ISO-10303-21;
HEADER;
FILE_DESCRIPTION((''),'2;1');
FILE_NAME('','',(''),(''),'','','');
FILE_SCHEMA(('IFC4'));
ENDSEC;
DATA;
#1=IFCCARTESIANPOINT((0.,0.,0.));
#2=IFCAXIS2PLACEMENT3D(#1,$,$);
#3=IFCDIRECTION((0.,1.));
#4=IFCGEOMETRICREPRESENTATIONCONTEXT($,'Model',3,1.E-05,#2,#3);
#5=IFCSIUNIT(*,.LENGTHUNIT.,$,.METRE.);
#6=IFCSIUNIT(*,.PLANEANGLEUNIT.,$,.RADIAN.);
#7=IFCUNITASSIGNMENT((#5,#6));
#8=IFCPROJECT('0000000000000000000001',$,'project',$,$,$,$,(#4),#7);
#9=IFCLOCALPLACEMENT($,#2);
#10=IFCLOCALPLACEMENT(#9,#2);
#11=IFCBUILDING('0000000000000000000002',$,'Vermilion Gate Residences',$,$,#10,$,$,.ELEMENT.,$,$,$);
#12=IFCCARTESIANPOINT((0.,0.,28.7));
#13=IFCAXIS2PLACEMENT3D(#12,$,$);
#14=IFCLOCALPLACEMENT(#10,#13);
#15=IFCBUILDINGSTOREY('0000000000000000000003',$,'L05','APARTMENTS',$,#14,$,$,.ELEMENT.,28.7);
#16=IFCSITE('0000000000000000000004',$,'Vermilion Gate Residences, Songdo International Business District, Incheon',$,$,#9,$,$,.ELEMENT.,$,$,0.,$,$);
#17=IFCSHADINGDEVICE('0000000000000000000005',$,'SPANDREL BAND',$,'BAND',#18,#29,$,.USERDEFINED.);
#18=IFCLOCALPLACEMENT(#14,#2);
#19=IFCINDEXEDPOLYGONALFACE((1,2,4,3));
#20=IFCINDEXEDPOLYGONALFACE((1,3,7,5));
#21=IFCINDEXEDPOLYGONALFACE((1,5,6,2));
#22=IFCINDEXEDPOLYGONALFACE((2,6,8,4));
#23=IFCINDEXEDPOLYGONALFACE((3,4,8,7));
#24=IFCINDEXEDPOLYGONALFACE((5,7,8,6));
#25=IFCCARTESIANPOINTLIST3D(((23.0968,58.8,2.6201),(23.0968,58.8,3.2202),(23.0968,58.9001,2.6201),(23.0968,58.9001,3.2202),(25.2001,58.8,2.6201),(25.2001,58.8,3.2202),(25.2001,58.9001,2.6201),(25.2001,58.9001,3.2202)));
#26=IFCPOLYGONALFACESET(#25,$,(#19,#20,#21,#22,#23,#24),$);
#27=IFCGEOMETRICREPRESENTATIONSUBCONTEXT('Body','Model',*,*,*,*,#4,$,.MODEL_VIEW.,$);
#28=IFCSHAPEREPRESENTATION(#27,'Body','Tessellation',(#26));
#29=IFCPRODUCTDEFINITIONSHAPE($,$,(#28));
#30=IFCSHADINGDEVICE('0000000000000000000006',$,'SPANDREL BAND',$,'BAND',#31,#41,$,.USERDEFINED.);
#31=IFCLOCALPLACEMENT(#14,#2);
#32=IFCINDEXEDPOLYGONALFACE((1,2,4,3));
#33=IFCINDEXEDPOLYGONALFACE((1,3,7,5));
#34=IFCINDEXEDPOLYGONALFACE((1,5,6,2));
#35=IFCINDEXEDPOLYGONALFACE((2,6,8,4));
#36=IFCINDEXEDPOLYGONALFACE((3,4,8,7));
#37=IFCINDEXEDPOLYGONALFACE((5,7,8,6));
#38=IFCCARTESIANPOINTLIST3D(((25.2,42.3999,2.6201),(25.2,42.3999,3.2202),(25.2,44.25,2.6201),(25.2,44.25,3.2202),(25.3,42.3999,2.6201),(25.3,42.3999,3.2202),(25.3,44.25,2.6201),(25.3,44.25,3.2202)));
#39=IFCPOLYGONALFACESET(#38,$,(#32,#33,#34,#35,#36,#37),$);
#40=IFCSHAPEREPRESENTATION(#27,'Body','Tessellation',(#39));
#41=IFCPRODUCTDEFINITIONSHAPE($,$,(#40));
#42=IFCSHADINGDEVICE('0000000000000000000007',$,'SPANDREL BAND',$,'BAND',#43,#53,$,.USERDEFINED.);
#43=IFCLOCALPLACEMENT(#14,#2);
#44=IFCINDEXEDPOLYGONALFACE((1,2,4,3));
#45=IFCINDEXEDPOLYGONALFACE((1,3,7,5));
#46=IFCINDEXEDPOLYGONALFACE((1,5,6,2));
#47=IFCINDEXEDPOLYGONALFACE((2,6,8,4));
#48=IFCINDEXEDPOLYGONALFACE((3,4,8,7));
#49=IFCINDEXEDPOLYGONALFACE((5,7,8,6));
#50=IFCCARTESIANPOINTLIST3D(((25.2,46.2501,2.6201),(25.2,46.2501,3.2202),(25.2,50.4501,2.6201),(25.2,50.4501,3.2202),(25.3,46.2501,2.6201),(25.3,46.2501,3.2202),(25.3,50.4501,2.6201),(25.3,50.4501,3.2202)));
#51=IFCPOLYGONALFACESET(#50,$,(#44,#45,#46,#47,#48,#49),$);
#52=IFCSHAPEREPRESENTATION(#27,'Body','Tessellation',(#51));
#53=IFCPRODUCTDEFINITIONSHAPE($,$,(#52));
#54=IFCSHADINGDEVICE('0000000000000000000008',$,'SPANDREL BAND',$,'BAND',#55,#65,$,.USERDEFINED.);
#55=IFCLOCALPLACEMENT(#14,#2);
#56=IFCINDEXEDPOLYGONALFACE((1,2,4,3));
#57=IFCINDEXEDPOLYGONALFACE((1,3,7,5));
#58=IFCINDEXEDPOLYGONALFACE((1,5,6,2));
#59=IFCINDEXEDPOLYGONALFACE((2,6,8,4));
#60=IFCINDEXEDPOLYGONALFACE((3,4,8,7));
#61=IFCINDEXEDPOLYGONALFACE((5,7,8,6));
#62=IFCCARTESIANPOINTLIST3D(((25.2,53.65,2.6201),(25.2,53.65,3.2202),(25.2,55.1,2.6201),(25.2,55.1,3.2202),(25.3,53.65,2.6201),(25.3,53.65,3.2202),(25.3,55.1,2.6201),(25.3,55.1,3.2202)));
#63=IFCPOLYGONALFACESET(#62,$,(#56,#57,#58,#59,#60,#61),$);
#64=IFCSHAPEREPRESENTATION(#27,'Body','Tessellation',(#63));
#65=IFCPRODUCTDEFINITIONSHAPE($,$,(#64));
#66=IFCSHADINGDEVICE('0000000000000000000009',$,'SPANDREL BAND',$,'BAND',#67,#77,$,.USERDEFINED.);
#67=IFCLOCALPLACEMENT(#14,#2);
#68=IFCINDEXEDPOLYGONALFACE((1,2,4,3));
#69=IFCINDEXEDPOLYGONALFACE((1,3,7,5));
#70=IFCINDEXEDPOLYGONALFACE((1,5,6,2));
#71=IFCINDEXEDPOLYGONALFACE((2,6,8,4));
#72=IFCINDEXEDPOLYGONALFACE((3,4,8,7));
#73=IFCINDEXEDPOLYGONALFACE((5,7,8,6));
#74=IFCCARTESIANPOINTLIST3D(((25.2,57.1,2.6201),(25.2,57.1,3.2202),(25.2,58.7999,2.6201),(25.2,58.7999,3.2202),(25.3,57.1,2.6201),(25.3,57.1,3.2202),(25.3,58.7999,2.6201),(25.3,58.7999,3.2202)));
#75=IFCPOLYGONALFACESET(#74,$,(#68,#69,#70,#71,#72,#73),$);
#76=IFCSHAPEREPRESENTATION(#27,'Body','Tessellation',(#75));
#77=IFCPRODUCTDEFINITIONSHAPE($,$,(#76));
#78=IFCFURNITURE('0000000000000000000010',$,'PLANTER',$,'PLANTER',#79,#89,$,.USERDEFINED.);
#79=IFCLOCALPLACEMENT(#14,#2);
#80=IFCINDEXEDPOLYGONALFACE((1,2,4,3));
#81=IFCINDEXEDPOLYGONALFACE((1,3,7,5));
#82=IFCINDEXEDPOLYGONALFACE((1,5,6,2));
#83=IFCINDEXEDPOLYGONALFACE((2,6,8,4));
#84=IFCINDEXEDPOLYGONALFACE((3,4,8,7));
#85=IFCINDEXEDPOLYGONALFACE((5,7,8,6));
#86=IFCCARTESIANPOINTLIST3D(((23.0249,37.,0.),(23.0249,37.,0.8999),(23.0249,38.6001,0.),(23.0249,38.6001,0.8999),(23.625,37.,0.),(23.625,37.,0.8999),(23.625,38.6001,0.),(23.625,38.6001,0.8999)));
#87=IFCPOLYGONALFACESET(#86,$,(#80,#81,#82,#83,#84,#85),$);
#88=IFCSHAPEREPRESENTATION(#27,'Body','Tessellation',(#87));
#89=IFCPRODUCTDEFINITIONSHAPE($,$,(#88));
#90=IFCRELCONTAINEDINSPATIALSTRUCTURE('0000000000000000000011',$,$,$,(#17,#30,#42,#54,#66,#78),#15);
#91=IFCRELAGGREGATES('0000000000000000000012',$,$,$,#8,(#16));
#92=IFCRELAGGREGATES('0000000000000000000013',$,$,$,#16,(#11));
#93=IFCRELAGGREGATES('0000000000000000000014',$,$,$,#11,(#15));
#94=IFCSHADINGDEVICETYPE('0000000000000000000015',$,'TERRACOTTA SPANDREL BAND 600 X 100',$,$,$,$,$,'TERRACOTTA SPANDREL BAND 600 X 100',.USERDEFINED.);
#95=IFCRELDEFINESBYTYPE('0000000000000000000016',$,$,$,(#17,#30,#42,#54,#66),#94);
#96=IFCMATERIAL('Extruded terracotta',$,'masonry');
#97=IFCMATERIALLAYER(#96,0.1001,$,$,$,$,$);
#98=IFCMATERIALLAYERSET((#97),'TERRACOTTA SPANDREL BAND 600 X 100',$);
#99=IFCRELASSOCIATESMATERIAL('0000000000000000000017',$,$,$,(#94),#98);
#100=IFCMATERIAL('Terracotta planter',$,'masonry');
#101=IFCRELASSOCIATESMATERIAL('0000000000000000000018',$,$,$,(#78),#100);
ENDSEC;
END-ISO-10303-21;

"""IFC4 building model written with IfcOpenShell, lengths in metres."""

from ifc_helpers import new_model, si_unit, direction, frame, origin, origin_2d, place, context, subcontext, project, spatial, rectangle, extrude, material, layer, layer_set, type_object, element, save


model = new_model("IFC4")

# Units and contexts
model_context = context("Model", 3, precision=1e-05, world=origin(), true_north=direction((0.0, 1.0)))
body_context = subcontext(model_context, "Body", "Model", "MODEL_VIEW")
ifc_project = project(units=[si_unit("LENGTHUNIT", "METRE"), si_unit("PLANEANGLEUNIT", "RADIAN")], contexts=[model_context])

# Site, building, storey
site_placement = place(None, origin())
site = spatial("IfcSite", under=ifc_project, at=site_placement, Name="Vermilion Gate Residences, Songdo International Business District, Incheon", CompositionType="ELEMENT", RefElevation=0.0)
building_placement = place(site_placement, origin())
building = spatial("IfcBuilding", under=site, at=building_placement, Name="Vermilion Gate Residences", CompositionType="ELEMENT")
storey_placement = place(building_placement, frame((0.0, 0.0, 28.7)))
storey = spatial("IfcBuildingStorey", under=building, at=storey_placement, Name="L05", Description="APARTMENTS", CompositionType="ELEMENT", Elevation=28.7)

# Shading devices
ifc_material_1 = material(Name="Extruded terracotta", Category="masonry")
ifc_layer_1 = layer(ifc_material_1, 0.1001)
ifc_layer_set_1 = layer_set([ifc_layer_1], Name="TERRACOTTA SPANDREL BAND 600 X 100")
shading_device_type_1 = type_object("IfcShadingDeviceType", Name="TERRACOTTA SPANDREL BAND 600 X 100", ElementType="TERRACOTTA SPANDREL BAND 600 X 100", PredefinedType="USERDEFINED", material=ifc_layer_set_1)
shading_device_1_placement = place(storey_placement, frame((24.1484, 58.8501, 2.6201), z_axis=(0.0, 0.0, 1.0), x_axis=(1.0, 0.0, 0.0)))
element("IfcShadingDevice", 1, at=shading_device_1_placement, inside=storey, type_object=shading_device_type_1, Name="SPANDREL BAND", ObjectType="BAND", PredefinedType="USERDEFINED", context=body_context, shape_type="SweptSolid", body=[
    extrude(rectangle(XDim=2.1033, YDim=0.1001, at=origin_2d()), origin(), (0.0, 0.0, 1.0), 0.6001),
])
shading_device_2_placement = place(storey_placement, frame((25.25, 43.325, 2.6201), z_axis=(0.0, 0.0, 1.0), x_axis=(0.0, 1.0, 0.0)))
element("IfcShadingDevice", 2, at=shading_device_2_placement, inside=storey, type_object=shading_device_type_1, Name="SPANDREL BAND", ObjectType="BAND", PredefinedType="USERDEFINED", context=body_context, shape_type="SweptSolid", body=[
    extrude(rectangle(XDim=1.8501, YDim=0.1001, at=origin_2d()), origin(), (0.0, 0.0, 1.0), 0.6001),
])
shading_device_3_placement = place(storey_placement, frame((25.25, 48.3501, 2.6201), z_axis=(0.0, 0.0, 1.0), x_axis=(0.0, 1.0, 0.0)))
element("IfcShadingDevice", 3, at=shading_device_3_placement, inside=storey, type_object=shading_device_type_1, Name="SPANDREL BAND", ObjectType="BAND", PredefinedType="USERDEFINED", context=body_context, shape_type="SweptSolid", body=[
    extrude(rectangle(XDim=4.2, YDim=0.1001, at=origin_2d()), origin(), (0.0, 0.0, 1.0), 0.6001),
])
shading_device_4_placement = place(storey_placement, frame((25.25, 54.375, 2.6201), z_axis=(0.0, 0.0, 1.0), x_axis=(0.0, 1.0, 0.0)))
element("IfcShadingDevice", 4, at=shading_device_4_placement, inside=storey, type_object=shading_device_type_1, Name="SPANDREL BAND", ObjectType="BAND", PredefinedType="USERDEFINED", context=body_context, shape_type="SweptSolid", body=[
    extrude(rectangle(XDim=1.45, YDim=0.1001, at=origin_2d()), origin(), (0.0, 0.0, 1.0), 0.6001),
])
shading_device_5_placement = place(storey_placement, frame((25.25, 57.95, 2.6201), z_axis=(0.0, 0.0, 1.0), x_axis=(0.0, 1.0, 0.0)))
element("IfcShadingDevice", 5, at=shading_device_5_placement, inside=storey, type_object=shading_device_type_1, Name="SPANDREL BAND", ObjectType="BAND", PredefinedType="USERDEFINED", context=body_context, shape_type="SweptSolid", body=[
    extrude(rectangle(XDim=1.7, YDim=0.1001, at=origin_2d()), origin(), (0.0, 0.0, 1.0), 0.6001),
])

# Furniture
ifc_material_2 = material(Name="Terracotta planter", Category="masonry")
furniture_placement = place(storey_placement, frame((23.325, 37.8, 0.0), z_axis=(0.0, 0.0, 1.0), x_axis=(0.0, 1.0, 0.0)))
element("IfcFurniture", 6, at=furniture_placement, inside=storey, material=ifc_material_2, Name="PLANTER", ObjectType="PLANTER", PredefinedType="USERDEFINED", context=body_context, shape_type="SweptSolid", body=[
    extrude(rectangle(XDim=1.6001, YDim=0.6001, at=origin_2d()), origin(), (0.0, 0.0, 1.0), 0.8999),
])

save(model, "model.ifc")
